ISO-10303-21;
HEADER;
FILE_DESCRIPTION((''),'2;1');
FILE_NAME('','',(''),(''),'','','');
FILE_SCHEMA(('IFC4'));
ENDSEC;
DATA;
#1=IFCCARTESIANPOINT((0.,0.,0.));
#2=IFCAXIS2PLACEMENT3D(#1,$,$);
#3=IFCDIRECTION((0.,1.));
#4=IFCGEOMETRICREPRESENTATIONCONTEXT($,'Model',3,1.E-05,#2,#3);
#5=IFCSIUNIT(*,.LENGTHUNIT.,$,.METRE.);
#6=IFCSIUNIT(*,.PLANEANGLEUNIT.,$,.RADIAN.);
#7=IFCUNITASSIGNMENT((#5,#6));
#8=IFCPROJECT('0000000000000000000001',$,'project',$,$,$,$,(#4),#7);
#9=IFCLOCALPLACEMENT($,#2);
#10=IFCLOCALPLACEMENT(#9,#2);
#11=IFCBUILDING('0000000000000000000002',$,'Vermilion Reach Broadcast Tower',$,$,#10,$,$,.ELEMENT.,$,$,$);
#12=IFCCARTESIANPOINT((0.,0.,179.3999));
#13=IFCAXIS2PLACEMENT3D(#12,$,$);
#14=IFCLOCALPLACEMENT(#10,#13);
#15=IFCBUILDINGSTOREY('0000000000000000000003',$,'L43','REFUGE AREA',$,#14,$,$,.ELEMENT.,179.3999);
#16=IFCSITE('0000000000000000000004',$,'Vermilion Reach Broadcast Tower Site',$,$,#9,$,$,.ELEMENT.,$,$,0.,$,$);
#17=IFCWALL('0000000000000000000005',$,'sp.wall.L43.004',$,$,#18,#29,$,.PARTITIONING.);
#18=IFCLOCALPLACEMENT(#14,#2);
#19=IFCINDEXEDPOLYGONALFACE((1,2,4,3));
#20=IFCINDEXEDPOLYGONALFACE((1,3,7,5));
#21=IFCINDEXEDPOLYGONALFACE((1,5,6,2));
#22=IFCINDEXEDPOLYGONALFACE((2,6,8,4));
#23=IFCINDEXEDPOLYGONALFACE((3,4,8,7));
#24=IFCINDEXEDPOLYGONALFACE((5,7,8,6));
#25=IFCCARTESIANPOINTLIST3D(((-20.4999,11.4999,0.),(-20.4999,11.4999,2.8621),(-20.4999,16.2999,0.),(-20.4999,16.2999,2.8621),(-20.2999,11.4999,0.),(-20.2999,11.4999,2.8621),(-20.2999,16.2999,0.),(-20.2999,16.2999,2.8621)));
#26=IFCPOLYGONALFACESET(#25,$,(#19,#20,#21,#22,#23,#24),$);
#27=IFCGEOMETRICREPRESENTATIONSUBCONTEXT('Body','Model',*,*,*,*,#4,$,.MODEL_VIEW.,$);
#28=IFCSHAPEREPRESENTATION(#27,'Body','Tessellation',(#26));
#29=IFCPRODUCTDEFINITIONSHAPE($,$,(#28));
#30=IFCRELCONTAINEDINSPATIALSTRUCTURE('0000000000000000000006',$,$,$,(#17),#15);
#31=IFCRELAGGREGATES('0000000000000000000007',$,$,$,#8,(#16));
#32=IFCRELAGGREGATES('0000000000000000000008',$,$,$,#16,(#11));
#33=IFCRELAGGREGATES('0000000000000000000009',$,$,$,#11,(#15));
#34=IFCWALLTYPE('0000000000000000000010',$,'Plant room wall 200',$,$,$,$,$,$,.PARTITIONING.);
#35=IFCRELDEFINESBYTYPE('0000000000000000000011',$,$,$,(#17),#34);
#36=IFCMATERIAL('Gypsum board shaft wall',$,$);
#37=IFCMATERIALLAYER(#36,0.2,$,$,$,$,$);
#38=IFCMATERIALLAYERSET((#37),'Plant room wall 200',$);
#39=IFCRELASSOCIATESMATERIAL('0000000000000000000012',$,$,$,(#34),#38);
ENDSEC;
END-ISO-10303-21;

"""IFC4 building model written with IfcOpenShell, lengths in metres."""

from ifc_helpers import new_model, si_unit, direction, frame, frame_2d, origin, place, context, subcontext, project, spatial, rectangle, extrude, material, layer, layer_set, type_object, element, save


model = new_model("IFC4")

# Units and contexts
model_context = context("Model", 3, precision=1e-05, world=origin(), true_north=direction((0.0, 1.0)))
body_context = subcontext(model_context, "Body", "Model", "MODEL_VIEW")
ifc_project = project(units=[si_unit("LENGTHUNIT", "METRE"), si_unit("PLANEANGLEUNIT", "RADIAN")], contexts=[model_context])

# Site, building, storey
site_placement = place(None, origin())
site = spatial("IfcSite", under=ifc_project, at=site_placement, Name="Vermilion Reach Broadcast Tower Site", CompositionType="ELEMENT", RefElevation=0.0)
building_placement = place(site_placement, origin())
building = spatial("IfcBuilding", under=site, at=building_placement, Name="Vermilion Reach Broadcast Tower", CompositionType="ELEMENT")
storey_placement = place(building_placement, frame((0.0, 0.0, 179.3999)))
storey = spatial("IfcBuildingStorey", under=building, at=storey_placement, Name="L43", Description="REFUGE AREA", CompositionType="ELEMENT", Elevation=179.3999)

# Wall
ifc_material_1 = material(Name="Gypsum board shaft wall")
ifc_layer_1 = layer(ifc_material_1, 0.2)
ifc_layer_set_1 = layer_set([ifc_layer_1], Name="Plant room wall 200")
wall_type_1 = type_object("IfcWallType", Name="Plant room wall 200", PredefinedType="PARTITIONING", material=ifc_layer_set_1)
wall_1_placement = place(storey_placement, frame((-20.3999, 11.5, 0.0), z_axis=(0.0, 0.0, 1.0), x_axis=(0.0, 1.0, 0.0)))
element("IfcWall", 1, at=wall_1_placement, inside=storey, type_object=wall_type_1, Name="sp.wall.L43.004", PredefinedType="PARTITIONING", context=body_context, shape_type="SweptSolid", body=[
    extrude(rectangle(XDim=4.8, YDim=0.2, at=frame_2d((2.3999, 0.0))), origin(), (0.0, 0.0, 1.0), 2.8621),
])

save(model, "model.ifc")
